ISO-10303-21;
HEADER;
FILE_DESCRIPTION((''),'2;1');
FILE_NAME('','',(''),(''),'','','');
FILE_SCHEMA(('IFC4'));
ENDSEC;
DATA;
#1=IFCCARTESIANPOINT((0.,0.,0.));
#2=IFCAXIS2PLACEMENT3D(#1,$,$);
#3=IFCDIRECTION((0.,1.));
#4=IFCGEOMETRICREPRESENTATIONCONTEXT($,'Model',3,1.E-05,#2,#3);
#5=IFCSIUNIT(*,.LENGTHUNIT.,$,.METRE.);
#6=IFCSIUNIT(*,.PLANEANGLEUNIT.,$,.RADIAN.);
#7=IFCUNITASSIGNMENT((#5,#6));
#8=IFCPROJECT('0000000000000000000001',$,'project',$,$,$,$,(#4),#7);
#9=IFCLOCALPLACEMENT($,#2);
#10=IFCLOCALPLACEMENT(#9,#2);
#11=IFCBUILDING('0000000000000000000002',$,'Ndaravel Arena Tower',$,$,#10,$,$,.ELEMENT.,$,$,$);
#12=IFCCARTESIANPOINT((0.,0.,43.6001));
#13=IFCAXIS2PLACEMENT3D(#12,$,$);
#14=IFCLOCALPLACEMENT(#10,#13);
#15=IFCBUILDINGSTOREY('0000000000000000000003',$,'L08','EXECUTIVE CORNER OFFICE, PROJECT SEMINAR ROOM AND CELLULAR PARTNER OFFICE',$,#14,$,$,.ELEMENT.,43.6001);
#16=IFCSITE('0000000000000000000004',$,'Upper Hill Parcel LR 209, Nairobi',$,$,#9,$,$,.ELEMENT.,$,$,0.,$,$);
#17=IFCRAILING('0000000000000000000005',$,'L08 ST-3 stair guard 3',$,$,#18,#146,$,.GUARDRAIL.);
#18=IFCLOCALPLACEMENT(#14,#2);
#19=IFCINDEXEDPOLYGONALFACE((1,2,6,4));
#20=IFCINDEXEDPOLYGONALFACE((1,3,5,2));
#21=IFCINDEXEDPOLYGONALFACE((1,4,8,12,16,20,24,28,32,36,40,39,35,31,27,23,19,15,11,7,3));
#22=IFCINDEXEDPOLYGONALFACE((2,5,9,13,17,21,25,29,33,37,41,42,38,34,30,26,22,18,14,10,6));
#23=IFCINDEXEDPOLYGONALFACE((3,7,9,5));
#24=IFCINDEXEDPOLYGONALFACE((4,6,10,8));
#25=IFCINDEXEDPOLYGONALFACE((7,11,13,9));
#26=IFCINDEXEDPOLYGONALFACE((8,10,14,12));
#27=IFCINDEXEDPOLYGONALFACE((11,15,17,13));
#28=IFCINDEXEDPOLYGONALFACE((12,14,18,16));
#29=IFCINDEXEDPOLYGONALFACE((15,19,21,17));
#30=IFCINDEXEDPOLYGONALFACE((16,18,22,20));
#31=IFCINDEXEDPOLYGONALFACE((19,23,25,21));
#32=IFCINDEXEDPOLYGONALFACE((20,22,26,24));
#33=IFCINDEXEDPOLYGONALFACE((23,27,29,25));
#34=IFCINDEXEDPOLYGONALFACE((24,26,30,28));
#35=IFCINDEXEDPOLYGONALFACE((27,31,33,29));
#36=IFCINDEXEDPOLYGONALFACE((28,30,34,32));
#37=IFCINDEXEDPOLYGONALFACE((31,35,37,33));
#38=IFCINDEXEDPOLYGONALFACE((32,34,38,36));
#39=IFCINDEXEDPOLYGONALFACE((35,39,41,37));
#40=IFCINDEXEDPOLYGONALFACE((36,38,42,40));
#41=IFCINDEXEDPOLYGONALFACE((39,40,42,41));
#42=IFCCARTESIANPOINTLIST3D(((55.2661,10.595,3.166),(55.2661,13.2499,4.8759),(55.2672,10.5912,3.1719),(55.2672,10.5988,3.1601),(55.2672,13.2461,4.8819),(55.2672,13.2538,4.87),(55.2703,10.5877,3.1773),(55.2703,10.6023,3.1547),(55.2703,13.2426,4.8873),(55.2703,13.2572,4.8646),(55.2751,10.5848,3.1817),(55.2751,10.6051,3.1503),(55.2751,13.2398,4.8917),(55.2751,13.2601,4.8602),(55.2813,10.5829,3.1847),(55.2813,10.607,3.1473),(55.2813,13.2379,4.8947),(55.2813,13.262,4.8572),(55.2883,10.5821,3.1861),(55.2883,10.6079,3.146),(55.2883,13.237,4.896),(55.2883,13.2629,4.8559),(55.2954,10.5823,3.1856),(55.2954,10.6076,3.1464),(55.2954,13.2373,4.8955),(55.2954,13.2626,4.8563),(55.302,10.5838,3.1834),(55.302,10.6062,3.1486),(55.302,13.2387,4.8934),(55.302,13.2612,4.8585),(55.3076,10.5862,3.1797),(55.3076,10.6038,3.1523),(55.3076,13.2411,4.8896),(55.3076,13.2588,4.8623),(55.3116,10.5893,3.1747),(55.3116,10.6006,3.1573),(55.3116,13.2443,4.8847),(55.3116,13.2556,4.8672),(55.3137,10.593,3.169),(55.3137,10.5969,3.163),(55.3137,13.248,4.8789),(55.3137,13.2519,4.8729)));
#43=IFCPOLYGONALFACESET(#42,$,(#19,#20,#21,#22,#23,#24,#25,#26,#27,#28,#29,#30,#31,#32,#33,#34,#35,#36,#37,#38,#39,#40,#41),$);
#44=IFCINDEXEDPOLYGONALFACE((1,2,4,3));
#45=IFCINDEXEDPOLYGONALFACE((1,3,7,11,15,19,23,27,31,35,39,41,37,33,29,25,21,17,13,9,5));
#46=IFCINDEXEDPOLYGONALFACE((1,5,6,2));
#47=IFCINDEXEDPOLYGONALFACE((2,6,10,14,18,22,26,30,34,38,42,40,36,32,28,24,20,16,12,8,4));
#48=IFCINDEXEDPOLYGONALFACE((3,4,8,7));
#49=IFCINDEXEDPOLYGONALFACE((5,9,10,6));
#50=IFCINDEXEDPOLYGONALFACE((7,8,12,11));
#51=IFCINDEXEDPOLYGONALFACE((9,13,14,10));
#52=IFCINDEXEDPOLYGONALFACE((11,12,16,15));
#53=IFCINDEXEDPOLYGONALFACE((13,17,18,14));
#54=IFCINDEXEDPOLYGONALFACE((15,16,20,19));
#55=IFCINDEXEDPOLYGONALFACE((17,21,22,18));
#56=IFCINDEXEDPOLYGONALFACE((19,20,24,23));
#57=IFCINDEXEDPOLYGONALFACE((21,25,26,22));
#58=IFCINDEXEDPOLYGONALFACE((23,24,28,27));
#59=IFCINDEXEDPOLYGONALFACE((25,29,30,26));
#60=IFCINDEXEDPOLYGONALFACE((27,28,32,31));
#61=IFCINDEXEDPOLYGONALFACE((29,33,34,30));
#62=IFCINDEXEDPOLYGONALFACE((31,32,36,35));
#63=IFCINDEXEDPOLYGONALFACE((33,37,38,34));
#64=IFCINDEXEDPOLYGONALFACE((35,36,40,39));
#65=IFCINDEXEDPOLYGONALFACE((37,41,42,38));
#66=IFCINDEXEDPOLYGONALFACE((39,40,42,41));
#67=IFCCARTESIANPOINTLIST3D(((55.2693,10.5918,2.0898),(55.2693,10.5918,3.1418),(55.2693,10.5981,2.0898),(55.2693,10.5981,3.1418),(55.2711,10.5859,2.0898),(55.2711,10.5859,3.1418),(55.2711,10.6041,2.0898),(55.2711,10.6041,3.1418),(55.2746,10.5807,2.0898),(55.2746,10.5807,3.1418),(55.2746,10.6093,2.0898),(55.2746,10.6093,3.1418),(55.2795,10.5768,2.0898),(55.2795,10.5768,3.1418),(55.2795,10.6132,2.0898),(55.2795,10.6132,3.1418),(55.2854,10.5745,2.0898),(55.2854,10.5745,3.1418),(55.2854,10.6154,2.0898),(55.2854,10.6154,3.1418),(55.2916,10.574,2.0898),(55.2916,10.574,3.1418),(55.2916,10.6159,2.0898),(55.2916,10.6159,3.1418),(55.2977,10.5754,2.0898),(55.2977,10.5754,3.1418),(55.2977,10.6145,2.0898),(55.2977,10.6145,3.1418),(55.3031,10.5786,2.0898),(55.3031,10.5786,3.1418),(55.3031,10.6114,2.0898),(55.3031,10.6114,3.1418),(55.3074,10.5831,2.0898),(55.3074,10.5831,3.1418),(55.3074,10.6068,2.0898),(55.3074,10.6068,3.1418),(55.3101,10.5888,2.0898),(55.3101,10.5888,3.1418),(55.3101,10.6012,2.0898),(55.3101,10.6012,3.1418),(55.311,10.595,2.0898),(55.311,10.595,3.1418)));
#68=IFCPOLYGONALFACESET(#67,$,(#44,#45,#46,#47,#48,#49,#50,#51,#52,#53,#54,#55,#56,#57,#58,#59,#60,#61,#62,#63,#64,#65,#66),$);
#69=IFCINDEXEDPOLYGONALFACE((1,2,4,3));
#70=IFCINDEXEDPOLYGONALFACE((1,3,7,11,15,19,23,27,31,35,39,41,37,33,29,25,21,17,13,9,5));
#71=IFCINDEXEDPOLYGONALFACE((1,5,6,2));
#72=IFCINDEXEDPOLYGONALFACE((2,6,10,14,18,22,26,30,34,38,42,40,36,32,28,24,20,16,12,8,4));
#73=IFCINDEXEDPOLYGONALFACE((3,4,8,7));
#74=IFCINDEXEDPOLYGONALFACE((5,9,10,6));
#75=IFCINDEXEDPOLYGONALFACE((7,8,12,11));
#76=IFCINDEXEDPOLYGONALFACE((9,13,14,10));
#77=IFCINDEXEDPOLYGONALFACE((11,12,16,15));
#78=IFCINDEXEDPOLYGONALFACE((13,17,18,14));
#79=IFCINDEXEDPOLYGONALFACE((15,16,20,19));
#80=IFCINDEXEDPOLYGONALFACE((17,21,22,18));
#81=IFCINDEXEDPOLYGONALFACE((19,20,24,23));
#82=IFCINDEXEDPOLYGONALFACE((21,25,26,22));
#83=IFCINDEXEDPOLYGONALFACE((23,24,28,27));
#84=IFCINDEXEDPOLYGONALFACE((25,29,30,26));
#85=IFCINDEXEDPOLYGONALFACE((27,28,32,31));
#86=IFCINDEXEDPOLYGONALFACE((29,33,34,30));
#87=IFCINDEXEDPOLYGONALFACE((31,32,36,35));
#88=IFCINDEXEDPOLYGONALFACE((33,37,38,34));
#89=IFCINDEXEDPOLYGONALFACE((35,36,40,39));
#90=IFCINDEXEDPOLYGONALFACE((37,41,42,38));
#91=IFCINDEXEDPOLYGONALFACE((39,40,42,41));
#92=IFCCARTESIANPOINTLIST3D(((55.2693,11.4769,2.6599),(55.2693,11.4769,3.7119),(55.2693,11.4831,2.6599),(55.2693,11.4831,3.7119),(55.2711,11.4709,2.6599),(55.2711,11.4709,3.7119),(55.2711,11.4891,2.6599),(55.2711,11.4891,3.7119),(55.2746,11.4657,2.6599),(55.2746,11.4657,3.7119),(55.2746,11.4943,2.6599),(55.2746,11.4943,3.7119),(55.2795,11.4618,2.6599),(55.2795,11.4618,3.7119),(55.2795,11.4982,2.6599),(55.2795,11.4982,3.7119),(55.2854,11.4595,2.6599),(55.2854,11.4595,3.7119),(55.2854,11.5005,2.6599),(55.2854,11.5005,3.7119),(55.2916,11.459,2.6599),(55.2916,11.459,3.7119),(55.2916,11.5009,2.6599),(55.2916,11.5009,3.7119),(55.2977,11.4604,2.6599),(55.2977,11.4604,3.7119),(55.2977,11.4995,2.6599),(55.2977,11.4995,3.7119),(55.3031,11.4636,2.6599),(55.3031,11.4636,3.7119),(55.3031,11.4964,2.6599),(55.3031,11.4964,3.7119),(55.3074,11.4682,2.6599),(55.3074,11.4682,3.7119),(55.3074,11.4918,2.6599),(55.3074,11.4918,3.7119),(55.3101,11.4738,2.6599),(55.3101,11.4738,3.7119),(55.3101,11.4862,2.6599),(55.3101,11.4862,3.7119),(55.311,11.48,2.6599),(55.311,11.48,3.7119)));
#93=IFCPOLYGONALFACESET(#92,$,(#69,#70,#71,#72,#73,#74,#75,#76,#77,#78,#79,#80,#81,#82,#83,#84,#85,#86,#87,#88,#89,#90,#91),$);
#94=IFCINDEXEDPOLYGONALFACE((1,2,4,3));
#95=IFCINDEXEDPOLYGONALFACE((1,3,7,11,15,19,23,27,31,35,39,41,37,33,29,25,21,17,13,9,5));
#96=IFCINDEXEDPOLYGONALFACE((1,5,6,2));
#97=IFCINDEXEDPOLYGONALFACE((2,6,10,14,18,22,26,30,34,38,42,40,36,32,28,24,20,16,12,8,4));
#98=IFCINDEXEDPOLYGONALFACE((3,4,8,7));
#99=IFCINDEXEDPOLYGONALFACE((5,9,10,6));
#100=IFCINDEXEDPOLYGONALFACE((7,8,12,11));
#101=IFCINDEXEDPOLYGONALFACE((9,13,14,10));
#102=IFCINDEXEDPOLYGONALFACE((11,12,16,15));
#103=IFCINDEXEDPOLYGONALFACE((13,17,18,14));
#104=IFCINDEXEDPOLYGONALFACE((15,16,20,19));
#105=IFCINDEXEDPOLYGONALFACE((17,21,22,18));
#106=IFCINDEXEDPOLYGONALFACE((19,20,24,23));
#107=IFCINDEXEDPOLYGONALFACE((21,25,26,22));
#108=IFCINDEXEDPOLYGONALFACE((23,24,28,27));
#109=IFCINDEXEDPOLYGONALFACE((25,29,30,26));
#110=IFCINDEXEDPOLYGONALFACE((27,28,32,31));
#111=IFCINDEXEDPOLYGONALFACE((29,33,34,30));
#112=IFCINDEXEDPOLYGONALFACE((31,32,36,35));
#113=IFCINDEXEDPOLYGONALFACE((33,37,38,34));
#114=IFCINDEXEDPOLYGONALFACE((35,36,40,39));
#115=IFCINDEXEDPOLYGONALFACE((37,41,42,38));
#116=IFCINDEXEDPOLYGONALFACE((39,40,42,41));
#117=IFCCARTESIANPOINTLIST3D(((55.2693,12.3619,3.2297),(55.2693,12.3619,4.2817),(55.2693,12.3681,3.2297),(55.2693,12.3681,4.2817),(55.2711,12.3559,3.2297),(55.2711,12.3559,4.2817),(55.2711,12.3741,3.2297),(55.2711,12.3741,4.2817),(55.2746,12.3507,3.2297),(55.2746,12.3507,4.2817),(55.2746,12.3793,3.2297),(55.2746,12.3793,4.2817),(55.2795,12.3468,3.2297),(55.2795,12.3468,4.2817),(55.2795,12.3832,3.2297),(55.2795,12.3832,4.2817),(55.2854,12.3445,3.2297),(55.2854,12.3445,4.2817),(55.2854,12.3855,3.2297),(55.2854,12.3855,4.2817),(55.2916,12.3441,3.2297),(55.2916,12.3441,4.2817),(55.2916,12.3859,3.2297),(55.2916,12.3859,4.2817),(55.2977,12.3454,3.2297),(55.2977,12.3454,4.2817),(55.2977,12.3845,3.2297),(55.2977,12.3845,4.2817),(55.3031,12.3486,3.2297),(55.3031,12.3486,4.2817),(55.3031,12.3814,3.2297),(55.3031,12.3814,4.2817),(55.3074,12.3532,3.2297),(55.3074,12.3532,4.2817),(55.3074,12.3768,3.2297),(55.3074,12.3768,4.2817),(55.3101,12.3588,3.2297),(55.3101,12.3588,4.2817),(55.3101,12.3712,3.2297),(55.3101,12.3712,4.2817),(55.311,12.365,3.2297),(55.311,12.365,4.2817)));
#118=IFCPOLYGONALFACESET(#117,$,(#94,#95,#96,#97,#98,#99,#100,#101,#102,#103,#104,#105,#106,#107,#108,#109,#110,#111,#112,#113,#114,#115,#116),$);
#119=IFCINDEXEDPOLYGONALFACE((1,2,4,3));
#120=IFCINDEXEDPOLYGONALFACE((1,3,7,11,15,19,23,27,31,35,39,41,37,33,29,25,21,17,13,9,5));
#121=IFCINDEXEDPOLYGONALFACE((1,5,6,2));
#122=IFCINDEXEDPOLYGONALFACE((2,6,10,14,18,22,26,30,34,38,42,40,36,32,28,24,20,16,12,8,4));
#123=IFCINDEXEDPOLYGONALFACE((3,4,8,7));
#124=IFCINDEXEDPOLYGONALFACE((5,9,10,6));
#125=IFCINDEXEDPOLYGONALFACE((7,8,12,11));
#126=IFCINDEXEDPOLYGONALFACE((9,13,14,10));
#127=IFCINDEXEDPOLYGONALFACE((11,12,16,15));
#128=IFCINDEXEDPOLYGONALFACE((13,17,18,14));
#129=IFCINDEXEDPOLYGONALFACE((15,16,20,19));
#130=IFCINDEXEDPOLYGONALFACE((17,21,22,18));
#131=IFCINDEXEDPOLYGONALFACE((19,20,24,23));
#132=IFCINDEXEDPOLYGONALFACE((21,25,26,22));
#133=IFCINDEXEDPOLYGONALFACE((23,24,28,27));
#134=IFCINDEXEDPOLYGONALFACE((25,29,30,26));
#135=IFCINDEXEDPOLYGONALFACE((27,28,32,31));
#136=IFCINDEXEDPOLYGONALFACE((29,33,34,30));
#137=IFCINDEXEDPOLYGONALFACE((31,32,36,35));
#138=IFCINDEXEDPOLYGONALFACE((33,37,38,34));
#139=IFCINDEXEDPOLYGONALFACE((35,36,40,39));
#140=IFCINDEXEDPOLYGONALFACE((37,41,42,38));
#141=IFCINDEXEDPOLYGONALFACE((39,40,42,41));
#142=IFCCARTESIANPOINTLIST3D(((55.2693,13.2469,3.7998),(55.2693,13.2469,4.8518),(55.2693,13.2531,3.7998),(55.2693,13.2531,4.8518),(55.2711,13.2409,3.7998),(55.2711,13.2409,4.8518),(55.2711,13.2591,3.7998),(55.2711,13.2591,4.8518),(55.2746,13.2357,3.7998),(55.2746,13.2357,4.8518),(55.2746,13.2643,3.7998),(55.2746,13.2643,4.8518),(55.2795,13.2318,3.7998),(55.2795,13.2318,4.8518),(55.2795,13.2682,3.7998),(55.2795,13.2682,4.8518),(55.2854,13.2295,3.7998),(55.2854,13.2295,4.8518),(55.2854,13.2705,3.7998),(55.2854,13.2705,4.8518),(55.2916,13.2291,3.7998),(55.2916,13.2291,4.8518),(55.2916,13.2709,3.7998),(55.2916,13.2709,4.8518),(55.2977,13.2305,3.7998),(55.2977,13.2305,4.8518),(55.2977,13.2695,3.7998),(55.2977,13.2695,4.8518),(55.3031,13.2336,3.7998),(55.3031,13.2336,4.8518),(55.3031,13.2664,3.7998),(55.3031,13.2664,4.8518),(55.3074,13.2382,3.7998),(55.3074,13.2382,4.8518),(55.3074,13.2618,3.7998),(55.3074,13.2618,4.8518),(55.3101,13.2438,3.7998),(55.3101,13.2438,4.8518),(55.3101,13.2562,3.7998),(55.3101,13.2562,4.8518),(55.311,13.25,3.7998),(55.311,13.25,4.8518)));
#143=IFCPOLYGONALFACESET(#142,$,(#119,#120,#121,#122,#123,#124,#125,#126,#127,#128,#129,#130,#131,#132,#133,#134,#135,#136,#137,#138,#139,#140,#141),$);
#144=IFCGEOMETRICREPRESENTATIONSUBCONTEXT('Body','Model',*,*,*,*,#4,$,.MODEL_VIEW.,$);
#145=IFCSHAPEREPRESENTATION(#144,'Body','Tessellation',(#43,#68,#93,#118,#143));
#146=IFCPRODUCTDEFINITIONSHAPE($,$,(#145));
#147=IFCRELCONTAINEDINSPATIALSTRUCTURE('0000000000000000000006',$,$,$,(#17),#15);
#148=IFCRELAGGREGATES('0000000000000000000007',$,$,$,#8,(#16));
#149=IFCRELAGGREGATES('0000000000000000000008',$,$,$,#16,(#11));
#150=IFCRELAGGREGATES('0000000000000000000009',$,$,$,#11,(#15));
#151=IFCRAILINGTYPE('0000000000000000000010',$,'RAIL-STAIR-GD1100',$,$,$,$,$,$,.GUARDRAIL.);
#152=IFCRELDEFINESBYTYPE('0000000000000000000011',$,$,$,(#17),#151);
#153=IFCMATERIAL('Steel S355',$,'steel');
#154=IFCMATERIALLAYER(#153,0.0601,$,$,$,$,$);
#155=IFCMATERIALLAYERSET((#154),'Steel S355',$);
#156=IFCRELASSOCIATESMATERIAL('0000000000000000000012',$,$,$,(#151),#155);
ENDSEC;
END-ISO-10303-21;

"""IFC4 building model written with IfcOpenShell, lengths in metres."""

from ifc_helpers import new_model, si_unit, direction, frame, origin, origin_2d, place, context, subcontext, project, spatial, circle, extrude, material, layer, layer_set, type_object, element, save


model = new_model("IFC4")

# Units and contexts
model_context = context("Model", 3, precision=1e-05, world=origin(), true_north=direction((0.0, 1.0)))
body_context = subcontext(model_context, "Body", "Model", "MODEL_VIEW")
ifc_project = project(units=[si_unit("LENGTHUNIT", "METRE"), si_unit("PLANEANGLEUNIT", "RADIAN")], contexts=[model_context])

# Site, building, storey
site_placement = place(None, origin())
site = spatial("IfcSite", under=ifc_project, at=site_placement, Name="Upper Hill Parcel LR 209, Nairobi", CompositionType="ELEMENT", RefElevation=0.0)
building_placement = place(site_placement, origin())
building = spatial("IfcBuilding", under=site, at=building_placement, Name="Ndaravel Arena Tower", CompositionType="ELEMENT")
storey_placement = place(building_placement, frame((0.0, 0.0, 43.6001)))
storey = spatial("IfcBuildingStorey", under=building, at=storey_placement, Name="L08", Description="EXECUTIVE CORNER OFFICE, PROJECT SEMINAR ROOM AND CELLULAR PARTNER OFFICE", CompositionType="ELEMENT", Elevation=43.6001)

# Railing
ifc_material_1 = material(Name="Steel S355", Category="steel")
ifc_layer_1 = layer(ifc_material_1, 0.0601)
ifc_layer_set_1 = layer_set([ifc_layer_1], Name="Steel S355")
railing_type_1 = type_object("IfcRailingType", Name="RAIL-STAIR-GD1100", PredefinedType="GUARDRAIL", material=ifc_layer_set_1)
railing_1_placement = place(storey_placement, frame((55.29, 10.595, 2.0898)))
element("IfcRailing", 1, at=railing_1_placement, inside=storey, type_object=railing_type_1, Name="L08 ST-3 stair guard 3", PredefinedType="GUARDRAIL", context=body_context, shape_type="SweptSolid", body=[
    extrude(circle(Radius=0.0239, at=origin_2d()), frame((0.0, 0.0, 1.0762), z_axis=(0.0, 0.840724, 0.541465), x_axis=(-1.0, 0.0, 0.0)), (0.0, 0.0, 1.0), 3.158),
    extrude(circle(Radius=0.021, at=origin_2d()), origin(), (0.0, 0.0, 1.0), 1.052),
    extrude(circle(Radius=0.021, at=origin_2d()), frame((0.0, 0.885, 0.5701)), (0.0, 0.0, 1.0), 1.052),
    extrude(circle(Radius=0.021, at=origin_2d()), frame((0.0, 1.77, 1.1399)), (0.0, 0.0, 1.0), 1.052),
    extrude(circle(Radius=0.021, at=origin_2d()), frame((0.0, 2.655, 1.71)), (0.0, 0.0, 1.0), 1.052),
])

save(model, "model.ifc")
